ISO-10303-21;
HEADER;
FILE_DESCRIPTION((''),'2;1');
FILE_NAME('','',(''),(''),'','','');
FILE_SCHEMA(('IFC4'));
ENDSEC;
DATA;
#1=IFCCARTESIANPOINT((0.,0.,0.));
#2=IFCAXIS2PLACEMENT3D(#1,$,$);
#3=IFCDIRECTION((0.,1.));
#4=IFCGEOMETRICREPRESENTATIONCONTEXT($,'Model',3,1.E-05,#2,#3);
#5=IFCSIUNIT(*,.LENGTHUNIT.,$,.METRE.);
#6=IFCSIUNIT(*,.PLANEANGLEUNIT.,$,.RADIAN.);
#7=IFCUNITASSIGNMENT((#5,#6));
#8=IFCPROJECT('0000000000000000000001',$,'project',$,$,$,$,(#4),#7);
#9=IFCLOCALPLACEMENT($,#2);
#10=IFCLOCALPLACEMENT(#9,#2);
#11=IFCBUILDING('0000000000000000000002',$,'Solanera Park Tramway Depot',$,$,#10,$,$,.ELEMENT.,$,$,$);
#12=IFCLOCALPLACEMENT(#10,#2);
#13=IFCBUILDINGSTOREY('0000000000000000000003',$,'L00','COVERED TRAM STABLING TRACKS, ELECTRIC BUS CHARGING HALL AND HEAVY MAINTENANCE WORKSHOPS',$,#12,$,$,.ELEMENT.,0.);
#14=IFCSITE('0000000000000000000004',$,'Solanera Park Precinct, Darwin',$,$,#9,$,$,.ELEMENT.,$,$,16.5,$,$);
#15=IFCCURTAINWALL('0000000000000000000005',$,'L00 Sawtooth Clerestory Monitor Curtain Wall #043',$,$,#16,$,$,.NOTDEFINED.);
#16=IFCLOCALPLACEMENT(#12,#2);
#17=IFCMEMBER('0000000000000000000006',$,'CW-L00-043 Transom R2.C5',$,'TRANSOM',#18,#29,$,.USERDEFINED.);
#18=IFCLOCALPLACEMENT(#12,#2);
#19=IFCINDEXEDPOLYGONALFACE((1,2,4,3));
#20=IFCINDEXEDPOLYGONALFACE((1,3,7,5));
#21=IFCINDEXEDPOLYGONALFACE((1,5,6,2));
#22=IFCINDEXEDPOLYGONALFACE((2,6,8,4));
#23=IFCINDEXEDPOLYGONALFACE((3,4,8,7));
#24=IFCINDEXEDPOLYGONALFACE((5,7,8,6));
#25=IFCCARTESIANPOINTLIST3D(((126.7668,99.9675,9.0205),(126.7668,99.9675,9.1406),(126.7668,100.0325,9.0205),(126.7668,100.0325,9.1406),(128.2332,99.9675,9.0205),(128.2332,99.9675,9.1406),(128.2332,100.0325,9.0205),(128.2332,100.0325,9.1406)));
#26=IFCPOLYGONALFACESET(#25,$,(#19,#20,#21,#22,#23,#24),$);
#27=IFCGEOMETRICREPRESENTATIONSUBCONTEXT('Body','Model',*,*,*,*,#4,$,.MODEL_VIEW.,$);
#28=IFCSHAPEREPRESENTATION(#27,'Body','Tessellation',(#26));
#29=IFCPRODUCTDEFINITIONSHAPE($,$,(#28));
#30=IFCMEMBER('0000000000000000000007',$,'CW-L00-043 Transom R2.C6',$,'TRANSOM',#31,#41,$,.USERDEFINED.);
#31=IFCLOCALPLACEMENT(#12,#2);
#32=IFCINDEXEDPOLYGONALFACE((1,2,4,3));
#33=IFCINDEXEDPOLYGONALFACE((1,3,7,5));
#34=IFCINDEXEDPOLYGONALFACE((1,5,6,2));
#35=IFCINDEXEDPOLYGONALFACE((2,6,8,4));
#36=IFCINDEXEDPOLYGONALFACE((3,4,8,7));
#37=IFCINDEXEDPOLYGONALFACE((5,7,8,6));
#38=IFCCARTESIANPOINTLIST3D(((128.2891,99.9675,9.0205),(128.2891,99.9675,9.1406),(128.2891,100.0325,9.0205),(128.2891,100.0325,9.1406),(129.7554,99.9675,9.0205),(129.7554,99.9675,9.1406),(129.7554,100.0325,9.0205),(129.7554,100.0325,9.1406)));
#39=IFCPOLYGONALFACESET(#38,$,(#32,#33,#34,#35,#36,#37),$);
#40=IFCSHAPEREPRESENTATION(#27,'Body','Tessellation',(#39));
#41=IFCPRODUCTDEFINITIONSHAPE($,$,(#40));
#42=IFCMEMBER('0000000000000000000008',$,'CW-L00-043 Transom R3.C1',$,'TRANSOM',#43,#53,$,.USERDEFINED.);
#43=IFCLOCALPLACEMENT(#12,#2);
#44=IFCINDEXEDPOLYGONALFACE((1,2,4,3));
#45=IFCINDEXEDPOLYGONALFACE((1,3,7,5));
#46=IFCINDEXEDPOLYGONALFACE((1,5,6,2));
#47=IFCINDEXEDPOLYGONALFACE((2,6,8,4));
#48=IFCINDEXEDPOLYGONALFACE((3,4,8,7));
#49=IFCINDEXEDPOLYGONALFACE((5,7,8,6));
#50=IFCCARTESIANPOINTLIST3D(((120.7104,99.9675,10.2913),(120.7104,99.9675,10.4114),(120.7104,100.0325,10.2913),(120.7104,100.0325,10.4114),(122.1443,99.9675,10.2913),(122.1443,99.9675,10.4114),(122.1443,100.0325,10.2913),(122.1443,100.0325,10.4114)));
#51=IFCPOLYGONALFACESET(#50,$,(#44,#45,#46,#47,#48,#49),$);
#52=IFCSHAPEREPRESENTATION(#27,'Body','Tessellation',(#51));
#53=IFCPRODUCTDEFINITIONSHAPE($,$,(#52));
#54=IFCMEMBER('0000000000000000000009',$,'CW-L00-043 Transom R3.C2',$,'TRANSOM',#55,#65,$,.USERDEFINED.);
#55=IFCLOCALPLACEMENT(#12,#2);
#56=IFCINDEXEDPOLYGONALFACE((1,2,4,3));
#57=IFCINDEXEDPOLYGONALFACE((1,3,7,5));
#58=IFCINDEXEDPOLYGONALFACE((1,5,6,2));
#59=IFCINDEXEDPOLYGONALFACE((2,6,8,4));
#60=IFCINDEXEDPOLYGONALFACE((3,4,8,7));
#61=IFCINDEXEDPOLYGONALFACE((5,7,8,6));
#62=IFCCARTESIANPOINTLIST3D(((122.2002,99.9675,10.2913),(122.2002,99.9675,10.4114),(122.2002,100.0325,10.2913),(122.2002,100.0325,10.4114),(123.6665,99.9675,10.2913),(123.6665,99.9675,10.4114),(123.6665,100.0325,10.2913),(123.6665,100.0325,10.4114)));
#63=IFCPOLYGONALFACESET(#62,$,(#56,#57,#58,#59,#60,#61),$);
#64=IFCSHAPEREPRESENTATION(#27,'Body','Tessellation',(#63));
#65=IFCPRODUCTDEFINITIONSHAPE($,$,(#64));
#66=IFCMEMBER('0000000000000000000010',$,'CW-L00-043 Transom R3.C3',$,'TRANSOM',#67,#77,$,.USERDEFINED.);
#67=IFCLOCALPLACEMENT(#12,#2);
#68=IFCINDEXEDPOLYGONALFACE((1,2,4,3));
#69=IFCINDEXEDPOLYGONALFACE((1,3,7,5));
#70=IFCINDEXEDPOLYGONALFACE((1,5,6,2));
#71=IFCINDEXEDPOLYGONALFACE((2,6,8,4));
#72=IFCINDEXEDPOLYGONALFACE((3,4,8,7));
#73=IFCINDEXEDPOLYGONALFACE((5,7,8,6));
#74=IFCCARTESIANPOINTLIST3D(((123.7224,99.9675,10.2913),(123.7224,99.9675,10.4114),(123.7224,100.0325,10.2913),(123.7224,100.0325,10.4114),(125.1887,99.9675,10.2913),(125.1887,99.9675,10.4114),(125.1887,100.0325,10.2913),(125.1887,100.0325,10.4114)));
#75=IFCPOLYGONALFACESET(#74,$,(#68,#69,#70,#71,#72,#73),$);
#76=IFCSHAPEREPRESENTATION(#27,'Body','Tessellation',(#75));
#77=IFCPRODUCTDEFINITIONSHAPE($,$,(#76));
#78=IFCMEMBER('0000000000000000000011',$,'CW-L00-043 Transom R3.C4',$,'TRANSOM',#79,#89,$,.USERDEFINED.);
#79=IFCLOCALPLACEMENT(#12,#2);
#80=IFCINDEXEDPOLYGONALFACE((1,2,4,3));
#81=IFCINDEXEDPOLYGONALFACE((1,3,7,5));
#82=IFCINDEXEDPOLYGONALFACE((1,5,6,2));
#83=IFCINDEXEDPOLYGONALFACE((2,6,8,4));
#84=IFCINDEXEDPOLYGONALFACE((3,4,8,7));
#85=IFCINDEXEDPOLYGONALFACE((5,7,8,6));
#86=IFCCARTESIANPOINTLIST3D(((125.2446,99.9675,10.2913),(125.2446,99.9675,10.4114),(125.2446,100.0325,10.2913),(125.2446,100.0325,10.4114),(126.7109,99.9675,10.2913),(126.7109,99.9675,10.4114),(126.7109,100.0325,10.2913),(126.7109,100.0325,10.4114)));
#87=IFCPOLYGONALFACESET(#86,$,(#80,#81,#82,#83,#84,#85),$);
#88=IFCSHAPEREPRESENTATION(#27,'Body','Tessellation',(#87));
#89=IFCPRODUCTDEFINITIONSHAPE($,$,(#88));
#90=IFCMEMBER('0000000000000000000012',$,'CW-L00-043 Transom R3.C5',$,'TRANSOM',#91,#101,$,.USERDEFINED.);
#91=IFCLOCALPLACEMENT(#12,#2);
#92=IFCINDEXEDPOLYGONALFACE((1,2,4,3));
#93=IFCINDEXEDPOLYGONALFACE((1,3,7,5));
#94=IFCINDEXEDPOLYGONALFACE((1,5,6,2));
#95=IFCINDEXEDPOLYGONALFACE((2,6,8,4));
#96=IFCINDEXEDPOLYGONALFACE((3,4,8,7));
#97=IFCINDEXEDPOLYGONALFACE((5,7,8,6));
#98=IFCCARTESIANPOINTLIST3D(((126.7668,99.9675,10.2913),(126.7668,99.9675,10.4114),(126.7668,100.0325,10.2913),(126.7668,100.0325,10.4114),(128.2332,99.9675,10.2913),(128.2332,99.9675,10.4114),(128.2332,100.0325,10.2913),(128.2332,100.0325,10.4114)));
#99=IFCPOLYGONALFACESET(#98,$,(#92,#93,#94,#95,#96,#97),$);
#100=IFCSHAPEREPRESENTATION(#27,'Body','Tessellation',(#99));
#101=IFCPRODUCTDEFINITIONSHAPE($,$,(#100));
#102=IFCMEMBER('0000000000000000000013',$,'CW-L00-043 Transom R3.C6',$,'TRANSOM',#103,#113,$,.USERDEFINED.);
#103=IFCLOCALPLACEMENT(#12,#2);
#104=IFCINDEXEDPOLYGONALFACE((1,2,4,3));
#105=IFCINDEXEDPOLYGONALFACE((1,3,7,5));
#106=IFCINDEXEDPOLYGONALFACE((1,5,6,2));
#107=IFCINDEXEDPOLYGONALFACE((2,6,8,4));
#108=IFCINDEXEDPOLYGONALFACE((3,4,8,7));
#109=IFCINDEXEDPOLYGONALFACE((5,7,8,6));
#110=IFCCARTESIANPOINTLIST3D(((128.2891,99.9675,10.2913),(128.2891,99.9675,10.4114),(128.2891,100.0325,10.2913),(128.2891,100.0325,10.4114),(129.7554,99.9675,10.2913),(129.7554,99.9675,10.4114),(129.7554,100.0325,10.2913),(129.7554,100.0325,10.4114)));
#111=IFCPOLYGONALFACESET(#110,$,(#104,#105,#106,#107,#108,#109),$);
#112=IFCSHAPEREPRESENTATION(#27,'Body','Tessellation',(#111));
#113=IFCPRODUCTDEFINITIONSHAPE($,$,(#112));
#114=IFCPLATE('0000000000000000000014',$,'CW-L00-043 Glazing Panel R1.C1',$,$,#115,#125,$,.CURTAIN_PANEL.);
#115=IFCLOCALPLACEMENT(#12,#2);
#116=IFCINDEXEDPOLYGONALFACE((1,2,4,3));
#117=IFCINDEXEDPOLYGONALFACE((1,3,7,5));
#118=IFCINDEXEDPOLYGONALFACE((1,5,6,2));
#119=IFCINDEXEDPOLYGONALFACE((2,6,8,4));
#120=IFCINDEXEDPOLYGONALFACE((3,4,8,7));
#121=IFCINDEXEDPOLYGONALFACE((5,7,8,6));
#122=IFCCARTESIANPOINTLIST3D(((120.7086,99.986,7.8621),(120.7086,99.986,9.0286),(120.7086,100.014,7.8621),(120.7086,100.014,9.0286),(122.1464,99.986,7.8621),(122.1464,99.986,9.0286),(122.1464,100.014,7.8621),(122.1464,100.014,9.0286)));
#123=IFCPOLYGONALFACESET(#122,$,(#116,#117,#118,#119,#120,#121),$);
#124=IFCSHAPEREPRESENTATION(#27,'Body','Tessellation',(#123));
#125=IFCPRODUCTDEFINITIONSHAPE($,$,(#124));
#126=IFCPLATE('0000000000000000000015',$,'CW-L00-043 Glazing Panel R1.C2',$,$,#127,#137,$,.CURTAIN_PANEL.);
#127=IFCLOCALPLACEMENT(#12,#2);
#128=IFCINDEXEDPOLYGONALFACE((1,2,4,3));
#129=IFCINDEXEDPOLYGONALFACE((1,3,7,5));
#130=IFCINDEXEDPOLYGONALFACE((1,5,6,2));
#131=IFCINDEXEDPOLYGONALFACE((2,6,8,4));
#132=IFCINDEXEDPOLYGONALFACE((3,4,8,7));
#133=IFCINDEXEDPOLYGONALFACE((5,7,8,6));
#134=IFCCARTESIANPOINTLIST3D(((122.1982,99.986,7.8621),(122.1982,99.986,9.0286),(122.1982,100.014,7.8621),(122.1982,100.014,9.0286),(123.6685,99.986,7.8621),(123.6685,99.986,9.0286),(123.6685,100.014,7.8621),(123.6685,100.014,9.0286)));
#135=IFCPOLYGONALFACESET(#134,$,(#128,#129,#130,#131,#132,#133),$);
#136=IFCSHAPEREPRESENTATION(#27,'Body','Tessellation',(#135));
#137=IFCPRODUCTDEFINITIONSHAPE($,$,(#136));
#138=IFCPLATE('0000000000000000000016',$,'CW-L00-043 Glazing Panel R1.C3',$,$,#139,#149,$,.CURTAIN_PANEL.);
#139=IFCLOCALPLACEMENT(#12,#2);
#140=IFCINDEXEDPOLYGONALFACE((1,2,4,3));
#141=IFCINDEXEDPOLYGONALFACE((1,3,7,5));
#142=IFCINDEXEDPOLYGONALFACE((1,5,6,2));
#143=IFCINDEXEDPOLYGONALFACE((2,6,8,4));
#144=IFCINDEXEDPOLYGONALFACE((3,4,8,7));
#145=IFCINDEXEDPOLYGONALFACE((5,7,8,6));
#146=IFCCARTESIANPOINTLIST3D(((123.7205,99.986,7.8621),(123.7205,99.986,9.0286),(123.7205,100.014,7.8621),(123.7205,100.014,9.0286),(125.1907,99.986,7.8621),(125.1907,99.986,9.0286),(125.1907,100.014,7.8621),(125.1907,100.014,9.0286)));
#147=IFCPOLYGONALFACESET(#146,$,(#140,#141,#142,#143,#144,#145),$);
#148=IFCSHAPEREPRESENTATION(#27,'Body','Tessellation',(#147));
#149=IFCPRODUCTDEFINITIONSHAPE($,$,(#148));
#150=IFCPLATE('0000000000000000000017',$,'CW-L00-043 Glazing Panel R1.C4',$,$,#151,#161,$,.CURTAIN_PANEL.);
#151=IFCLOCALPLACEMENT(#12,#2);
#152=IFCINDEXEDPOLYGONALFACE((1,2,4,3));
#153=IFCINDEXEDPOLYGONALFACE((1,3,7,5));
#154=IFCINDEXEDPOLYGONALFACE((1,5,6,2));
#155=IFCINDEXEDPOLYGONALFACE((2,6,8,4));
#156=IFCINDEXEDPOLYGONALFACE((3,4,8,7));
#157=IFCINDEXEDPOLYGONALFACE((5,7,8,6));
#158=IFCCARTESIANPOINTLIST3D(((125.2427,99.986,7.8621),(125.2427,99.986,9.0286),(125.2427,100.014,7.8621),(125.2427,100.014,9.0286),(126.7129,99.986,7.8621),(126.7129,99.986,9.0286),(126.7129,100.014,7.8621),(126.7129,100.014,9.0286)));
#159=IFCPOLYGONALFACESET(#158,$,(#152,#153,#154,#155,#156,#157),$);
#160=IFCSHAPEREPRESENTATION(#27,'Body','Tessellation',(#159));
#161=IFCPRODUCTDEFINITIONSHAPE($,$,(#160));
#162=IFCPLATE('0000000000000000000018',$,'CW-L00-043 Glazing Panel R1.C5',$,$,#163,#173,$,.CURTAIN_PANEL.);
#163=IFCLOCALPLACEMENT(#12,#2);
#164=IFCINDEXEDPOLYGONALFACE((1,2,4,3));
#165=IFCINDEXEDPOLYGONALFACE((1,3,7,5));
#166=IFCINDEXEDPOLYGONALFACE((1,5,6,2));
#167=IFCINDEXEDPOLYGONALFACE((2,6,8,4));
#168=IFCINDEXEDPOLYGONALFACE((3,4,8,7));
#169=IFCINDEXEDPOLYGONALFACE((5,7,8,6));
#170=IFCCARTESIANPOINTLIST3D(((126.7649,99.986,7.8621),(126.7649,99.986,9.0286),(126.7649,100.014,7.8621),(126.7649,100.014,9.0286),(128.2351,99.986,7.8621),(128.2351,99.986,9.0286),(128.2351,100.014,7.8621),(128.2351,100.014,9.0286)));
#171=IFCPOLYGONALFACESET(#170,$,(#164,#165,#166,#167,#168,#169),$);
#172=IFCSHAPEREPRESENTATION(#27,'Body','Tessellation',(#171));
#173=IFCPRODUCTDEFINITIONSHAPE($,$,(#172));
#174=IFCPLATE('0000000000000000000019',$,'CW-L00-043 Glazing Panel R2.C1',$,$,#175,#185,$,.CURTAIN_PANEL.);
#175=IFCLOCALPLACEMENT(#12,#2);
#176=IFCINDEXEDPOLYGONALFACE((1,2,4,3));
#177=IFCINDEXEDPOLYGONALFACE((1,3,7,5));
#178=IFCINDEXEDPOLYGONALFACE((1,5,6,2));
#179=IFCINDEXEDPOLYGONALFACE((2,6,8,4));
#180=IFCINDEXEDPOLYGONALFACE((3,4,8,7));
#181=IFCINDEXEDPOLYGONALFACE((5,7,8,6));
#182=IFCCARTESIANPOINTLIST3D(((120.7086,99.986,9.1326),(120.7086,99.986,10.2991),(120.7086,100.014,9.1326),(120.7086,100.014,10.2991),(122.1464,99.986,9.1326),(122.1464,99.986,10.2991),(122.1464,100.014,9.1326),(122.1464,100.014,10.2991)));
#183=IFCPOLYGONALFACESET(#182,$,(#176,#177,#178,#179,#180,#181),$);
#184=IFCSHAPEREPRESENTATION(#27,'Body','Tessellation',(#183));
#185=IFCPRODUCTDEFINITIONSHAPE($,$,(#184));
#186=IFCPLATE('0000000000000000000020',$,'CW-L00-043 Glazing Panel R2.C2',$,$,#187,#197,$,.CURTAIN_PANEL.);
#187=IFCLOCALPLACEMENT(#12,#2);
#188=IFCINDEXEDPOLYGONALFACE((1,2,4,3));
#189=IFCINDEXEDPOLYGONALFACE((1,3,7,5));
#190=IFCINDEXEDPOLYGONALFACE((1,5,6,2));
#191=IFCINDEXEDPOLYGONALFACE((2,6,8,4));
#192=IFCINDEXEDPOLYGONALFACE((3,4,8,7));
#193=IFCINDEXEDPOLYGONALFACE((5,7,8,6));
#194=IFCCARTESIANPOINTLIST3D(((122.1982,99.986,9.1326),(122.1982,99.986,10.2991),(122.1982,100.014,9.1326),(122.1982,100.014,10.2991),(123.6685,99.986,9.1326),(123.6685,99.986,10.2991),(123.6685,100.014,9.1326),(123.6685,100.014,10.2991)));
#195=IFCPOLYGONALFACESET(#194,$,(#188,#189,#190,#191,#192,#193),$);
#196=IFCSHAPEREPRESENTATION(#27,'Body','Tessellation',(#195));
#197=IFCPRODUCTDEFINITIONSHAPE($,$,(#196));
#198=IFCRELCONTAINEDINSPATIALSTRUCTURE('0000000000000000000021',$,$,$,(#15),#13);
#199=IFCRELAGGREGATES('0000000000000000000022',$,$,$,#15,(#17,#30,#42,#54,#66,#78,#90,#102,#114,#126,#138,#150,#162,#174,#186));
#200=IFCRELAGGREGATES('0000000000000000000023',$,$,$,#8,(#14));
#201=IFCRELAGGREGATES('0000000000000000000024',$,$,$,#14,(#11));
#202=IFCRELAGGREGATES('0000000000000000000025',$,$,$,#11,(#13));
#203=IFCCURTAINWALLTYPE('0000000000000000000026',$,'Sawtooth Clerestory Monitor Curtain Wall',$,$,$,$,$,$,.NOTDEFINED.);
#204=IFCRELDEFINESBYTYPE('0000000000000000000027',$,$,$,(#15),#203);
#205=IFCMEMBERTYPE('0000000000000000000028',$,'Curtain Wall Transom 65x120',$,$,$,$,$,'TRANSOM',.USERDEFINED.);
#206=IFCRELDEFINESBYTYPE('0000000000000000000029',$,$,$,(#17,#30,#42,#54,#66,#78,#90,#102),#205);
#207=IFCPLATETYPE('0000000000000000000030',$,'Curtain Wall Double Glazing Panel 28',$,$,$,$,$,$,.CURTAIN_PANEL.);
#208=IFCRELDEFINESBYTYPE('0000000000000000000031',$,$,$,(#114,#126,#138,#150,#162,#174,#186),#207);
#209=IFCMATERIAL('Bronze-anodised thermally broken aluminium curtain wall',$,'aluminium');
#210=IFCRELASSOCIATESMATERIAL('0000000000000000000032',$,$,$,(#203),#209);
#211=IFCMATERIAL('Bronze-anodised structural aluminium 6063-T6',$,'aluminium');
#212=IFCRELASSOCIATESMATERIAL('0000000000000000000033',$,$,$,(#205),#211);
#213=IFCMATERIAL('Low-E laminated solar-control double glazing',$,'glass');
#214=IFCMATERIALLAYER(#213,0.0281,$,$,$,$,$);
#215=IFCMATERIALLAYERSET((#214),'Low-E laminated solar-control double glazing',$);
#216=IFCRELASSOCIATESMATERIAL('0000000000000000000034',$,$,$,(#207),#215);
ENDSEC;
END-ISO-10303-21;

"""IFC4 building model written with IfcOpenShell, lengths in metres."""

from ifc_helpers import new_model, si_unit, direction, frame, origin, origin_2d, place, context, subcontext, project, spatial, rectangle, extrude, material, layer, layer_set, material_profile, profile_set, type_object, element, aggregate, save


model = new_model("IFC4")

# Units and contexts
model_context = context("Model", 3, precision=1e-05, world=origin(), true_north=direction((0.0, 1.0)))
body_context = subcontext(model_context, "Body", "Model", "MODEL_VIEW")
ifc_project = project(units=[si_unit("LENGTHUNIT", "METRE"), si_unit("PLANEANGLEUNIT", "RADIAN")], contexts=[model_context])

# Site, building, storey
site_placement = place(None, origin())
site = spatial("IfcSite", under=ifc_project, at=site_placement, Name="Solanera Park Precinct, Darwin", CompositionType="ELEMENT", RefElevation=16.5)
building_placement = place(site_placement, origin())
building = spatial("IfcBuilding", under=site, at=building_placement, Name="Solanera Park Tramway Depot", CompositionType="ELEMENT")
storey_placement = place(building_placement, origin())
storey = spatial("IfcBuildingStorey", under=building, at=storey_placement, Name="L00", Description="COVERED TRAM STABLING TRACKS, ELECTRIC BUS CHARGING HALL AND HEAVY MAINTENANCE WORKSHOPS", CompositionType="ELEMENT", Elevation=0.0)

# Curtain wall, members, plates
ifc_material_1 = material(Name="Bronze-anodised thermally broken aluminium curtain wall", Category="aluminium")
curtain_wall_type = type_object("IfcCurtainWallType", Name="Sawtooth Clerestory Monitor Curtain Wall", PredefinedType="NOTDEFINED", material=ifc_material_1)
curtain_wall_placement = place(storey_placement, origin())
curtain_wall = element("IfcCurtainWall", 1, at=curtain_wall_placement, inside=storey, type_object=curtain_wall_type, Name="L00 Sawtooth Clerestory Monitor Curtain Wall #043", PredefinedType="NOTDEFINED")
ifc_material_2 = material(Name="Bronze-anodised structural aluminium 6063-T6", Category="aluminium")
ifc_material_profile_1 = material_profile(ifc_material_2, rectangle(XDim=0.0649, YDim=0.1201, at=origin_2d()), Name="Curtain Wall Transom 65x120")
ifc_profile_set_1 = profile_set([ifc_material_profile_1], Name="Bronze-anodised structural aluminium 6063-T6")
member_type_1 = type_object("IfcMemberType", Name="Curtain Wall Transom 65x120", ElementType="TRANSOM", PredefinedType="USERDEFINED", material=ifc_profile_set_1)
member_1_placement = place(storey_placement, frame((126.7668, 100.0, 9.0806), z_axis=(1.0, 0.0, 0.0), x_axis=(0.0, 1.0, 0.0)))
member_1 = element("IfcMember", 2, at=member_1_placement, type_object=member_type_1, Name="CW-L00-043 Transom R2.C5", ObjectType="TRANSOM", PredefinedType="USERDEFINED", context=body_context, shape_type="SweptSolid", body=[
    extrude(rectangle(XDim=0.0649, YDim=0.1201, at=origin_2d()), origin(), (0.0, 0.0, 1.0), 1.4663),
])
member_2_placement = place(storey_placement, frame((128.2891, 100.0, 9.0806), z_axis=(1.0, 0.0, 0.0), x_axis=(0.0, 1.0, 0.0)))
member_2 = element("IfcMember", 3, at=member_2_placement, type_object=member_type_1, Name="CW-L00-043 Transom R2.C6", ObjectType="TRANSOM", PredefinedType="USERDEFINED", context=body_context, shape_type="SweptSolid", body=[
    extrude(rectangle(XDim=0.0649, YDim=0.1201, at=origin_2d()), origin(), (0.0, 0.0, 1.0), 1.4663),
])
member_3_placement = place(storey_placement, frame((120.7104, 100.0, 10.3513), z_axis=(1.0, 0.0, 0.0), x_axis=(0.0, 1.0, 0.0)))
member_3 = element("IfcMember", 4, at=member_3_placement, type_object=member_type_1, Name="CW-L00-043 Transom R3.C1", ObjectType="TRANSOM", PredefinedType="USERDEFINED", context=body_context, shape_type="SweptSolid", body=[
    extrude(rectangle(XDim=0.0649, YDim=0.1201, at=origin_2d()), origin(), (0.0, 0.0, 1.0), 1.4338),
])
member_4_placement = place(storey_placement, frame((122.2002, 100.0, 10.3513), z_axis=(1.0, 0.0, 0.0), x_axis=(0.0, 1.0, 0.0)))
member_4 = element("IfcMember", 5, at=member_4_placement, type_object=member_type_1, Name="CW-L00-043 Transom R3.C2", ObjectType="TRANSOM", PredefinedType="USERDEFINED", context=body_context, shape_type="SweptSolid", body=[
    extrude(rectangle(XDim=0.0649, YDim=0.1201, at=origin_2d()), origin(), (0.0, 0.0, 1.0), 1.4663),
])
member_5_placement = place(storey_placement, frame((123.7224, 100.0, 10.3513), z_axis=(1.0, 0.0, 0.0), x_axis=(0.0, 1.0, 0.0)))
member_5 = element("IfcMember", 6, at=member_5_placement, type_object=member_type_1, Name="CW-L00-043 Transom R3.C3", ObjectType="TRANSOM", PredefinedType="USERDEFINED", context=body_context, shape_type="SweptSolid", body=[
    extrude(rectangle(XDim=0.0649, YDim=0.1201, at=origin_2d()), origin(), (0.0, 0.0, 1.0), 1.4663),
])
member_6_placement = place(storey_placement, frame((125.2446, 100.0, 10.3513), z_axis=(1.0, 0.0, 0.0), x_axis=(0.0, 1.0, 0.0)))
member_6 = element("IfcMember", 7, at=member_6_placement, type_object=member_type_1, Name="CW-L00-043 Transom R3.C4", ObjectType="TRANSOM", PredefinedType="USERDEFINED", context=body_context, shape_type="SweptSolid", body=[
    extrude(rectangle(XDim=0.0649, YDim=0.1201, at=origin_2d()), origin(), (0.0, 0.0, 1.0), 1.4663),
])
member_7_placement = place(storey_placement, frame((126.7668, 100.0, 10.3513), z_axis=(1.0, 0.0, 0.0), x_axis=(0.0, 1.0, 0.0)))
member_7 = element("IfcMember", 8, at=member_7_placement, type_object=member_type_1, Name="CW-L00-043 Transom R3.C5", ObjectType="TRANSOM", PredefinedType="USERDEFINED", context=body_context, shape_type="SweptSolid", body=[
    extrude(rectangle(XDim=0.0649, YDim=0.1201, at=origin_2d()), origin(), (0.0, 0.0, 1.0), 1.4663),
])
member_8_placement = place(storey_placement, frame((128.2891, 100.0, 10.3513), z_axis=(1.0, 0.0, 0.0), x_axis=(0.0, 1.0, 0.0)))
member_8 = element("IfcMember", 9, at=member_8_placement, type_object=member_type_1, Name="CW-L00-043 Transom R3.C6", ObjectType="TRANSOM", PredefinedType="USERDEFINED", context=body_context, shape_type="SweptSolid", body=[
    extrude(rectangle(XDim=0.0649, YDim=0.1201, at=origin_2d()), origin(), (0.0, 0.0, 1.0), 1.4663),
])
ifc_material_3 = material(Name="Low-E laminated solar-control double glazing", Category="glass")
ifc_layer = layer(ifc_material_3, 0.0281)
ifc_layer_set = layer_set([ifc_layer], Name="Low-E laminated solar-control double glazing")
plate_type = type_object("IfcPlateType", Name="Curtain Wall Double Glazing Panel 28", PredefinedType="CURTAIN_PANEL", material=ifc_layer_set)
plate_1_placement = place(storey_placement, frame((121.4275, 100.0, 7.8621), z_axis=(0.0, 0.0, 1.0), x_axis=(1.0, 0.0, 0.0)))
plate_1 = element("IfcPlate", 10, at=plate_1_placement, type_object=plate_type, Name="CW-L00-043 Glazing Panel R1.C1", PredefinedType="CURTAIN_PANEL", context=body_context, shape_type="SweptSolid", body=[
    extrude(rectangle(XDim=1.4377, YDim=0.0281, at=origin_2d()), origin(), (0.0, 0.0, 1.0), 1.1665),
])
plate_2_placement = place(storey_placement, frame((122.9333, 100.0, 7.8621), z_axis=(0.0, 0.0, 1.0), x_axis=(1.0, 0.0, 0.0)))
plate_2 = element("IfcPlate", 11, at=plate_2_placement, type_object=plate_type, Name="CW-L00-043 Glazing Panel R1.C2", PredefinedType="CURTAIN_PANEL", context=body_context, shape_type="SweptSolid", body=[
    extrude(rectangle(XDim=1.4702, YDim=0.0281, at=origin_2d()), origin(), (0.0, 0.0, 1.0), 1.1665),
])
plate_3_placement = place(storey_placement, frame((124.4556, 100.0, 7.8621), z_axis=(0.0, 0.0, 1.0), x_axis=(1.0, 0.0, 0.0)))
plate_3 = element("IfcPlate", 12, at=plate_3_placement, type_object=plate_type, Name="CW-L00-043 Glazing Panel R1.C3", PredefinedType="CURTAIN_PANEL", context=body_context, shape_type="SweptSolid", body=[
    extrude(rectangle(XDim=1.4702, YDim=0.0281, at=origin_2d()), origin(), (0.0, 0.0, 1.0), 1.1665),
])
plate_4_placement = place(storey_placement, frame((125.9778, 100.0, 7.8621), z_axis=(0.0, 0.0, 1.0), x_axis=(1.0, 0.0, 0.0)))
plate_4 = element("IfcPlate", 13, at=plate_4_placement, type_object=plate_type, Name="CW-L00-043 Glazing Panel R1.C4", PredefinedType="CURTAIN_PANEL", context=body_context, shape_type="SweptSolid", body=[
    extrude(rectangle(XDim=1.4702, YDim=0.0281, at=origin_2d()), origin(), (0.0, 0.0, 1.0), 1.1665),
])
plate_5_placement = place(storey_placement, frame((127.5, 100.0, 7.8621), z_axis=(0.0, 0.0, 1.0), x_axis=(1.0, 0.0, 0.0)))
plate_5 = element("IfcPlate", 14, at=plate_5_placement, type_object=plate_type, Name="CW-L00-043 Glazing Panel R1.C5", PredefinedType="CURTAIN_PANEL", context=body_context, shape_type="SweptSolid", body=[
    extrude(rectangle(XDim=1.4702, YDim=0.0281, at=origin_2d()), origin(), (0.0, 0.0, 1.0), 1.1665),
])
plate_6_placement = place(storey_placement, frame((121.4275, 100.0, 9.1326), z_axis=(0.0, 0.0, 1.0), x_axis=(1.0, 0.0, 0.0)))
plate_6 = element("IfcPlate", 15, at=plate_6_placement, type_object=plate_type, Name="CW-L00-043 Glazing Panel R2.C1", PredefinedType="CURTAIN_PANEL", context=body_context, shape_type="SweptSolid", body=[
    extrude(rectangle(XDim=1.4377, YDim=0.0281, at=origin_2d()), origin(), (0.0, 0.0, 1.0), 1.1665),
])
plate_7_placement = place(storey_placement, frame((122.9333, 100.0, 9.1326), z_axis=(0.0, 0.0, 1.0), x_axis=(1.0, 0.0, 0.0)))
plate_7 = element("IfcPlate", 16, at=plate_7_placement, type_object=plate_type, Name="CW-L00-043 Glazing Panel R2.C2", PredefinedType="CURTAIN_PANEL", context=body_context, shape_type="SweptSolid", body=[
    extrude(rectangle(XDim=1.4702, YDim=0.0281, at=origin_2d()), origin(), (0.0, 0.0, 1.0), 1.1665),
])
aggregate(curtain_wall, [member_1, member_2, member_3, member_4, member_5, member_6, member_7, member_8, plate_1, plate_2, plate_3, plate_4, plate_5, plate_6, plate_7])

save(model, "model.ifc")
